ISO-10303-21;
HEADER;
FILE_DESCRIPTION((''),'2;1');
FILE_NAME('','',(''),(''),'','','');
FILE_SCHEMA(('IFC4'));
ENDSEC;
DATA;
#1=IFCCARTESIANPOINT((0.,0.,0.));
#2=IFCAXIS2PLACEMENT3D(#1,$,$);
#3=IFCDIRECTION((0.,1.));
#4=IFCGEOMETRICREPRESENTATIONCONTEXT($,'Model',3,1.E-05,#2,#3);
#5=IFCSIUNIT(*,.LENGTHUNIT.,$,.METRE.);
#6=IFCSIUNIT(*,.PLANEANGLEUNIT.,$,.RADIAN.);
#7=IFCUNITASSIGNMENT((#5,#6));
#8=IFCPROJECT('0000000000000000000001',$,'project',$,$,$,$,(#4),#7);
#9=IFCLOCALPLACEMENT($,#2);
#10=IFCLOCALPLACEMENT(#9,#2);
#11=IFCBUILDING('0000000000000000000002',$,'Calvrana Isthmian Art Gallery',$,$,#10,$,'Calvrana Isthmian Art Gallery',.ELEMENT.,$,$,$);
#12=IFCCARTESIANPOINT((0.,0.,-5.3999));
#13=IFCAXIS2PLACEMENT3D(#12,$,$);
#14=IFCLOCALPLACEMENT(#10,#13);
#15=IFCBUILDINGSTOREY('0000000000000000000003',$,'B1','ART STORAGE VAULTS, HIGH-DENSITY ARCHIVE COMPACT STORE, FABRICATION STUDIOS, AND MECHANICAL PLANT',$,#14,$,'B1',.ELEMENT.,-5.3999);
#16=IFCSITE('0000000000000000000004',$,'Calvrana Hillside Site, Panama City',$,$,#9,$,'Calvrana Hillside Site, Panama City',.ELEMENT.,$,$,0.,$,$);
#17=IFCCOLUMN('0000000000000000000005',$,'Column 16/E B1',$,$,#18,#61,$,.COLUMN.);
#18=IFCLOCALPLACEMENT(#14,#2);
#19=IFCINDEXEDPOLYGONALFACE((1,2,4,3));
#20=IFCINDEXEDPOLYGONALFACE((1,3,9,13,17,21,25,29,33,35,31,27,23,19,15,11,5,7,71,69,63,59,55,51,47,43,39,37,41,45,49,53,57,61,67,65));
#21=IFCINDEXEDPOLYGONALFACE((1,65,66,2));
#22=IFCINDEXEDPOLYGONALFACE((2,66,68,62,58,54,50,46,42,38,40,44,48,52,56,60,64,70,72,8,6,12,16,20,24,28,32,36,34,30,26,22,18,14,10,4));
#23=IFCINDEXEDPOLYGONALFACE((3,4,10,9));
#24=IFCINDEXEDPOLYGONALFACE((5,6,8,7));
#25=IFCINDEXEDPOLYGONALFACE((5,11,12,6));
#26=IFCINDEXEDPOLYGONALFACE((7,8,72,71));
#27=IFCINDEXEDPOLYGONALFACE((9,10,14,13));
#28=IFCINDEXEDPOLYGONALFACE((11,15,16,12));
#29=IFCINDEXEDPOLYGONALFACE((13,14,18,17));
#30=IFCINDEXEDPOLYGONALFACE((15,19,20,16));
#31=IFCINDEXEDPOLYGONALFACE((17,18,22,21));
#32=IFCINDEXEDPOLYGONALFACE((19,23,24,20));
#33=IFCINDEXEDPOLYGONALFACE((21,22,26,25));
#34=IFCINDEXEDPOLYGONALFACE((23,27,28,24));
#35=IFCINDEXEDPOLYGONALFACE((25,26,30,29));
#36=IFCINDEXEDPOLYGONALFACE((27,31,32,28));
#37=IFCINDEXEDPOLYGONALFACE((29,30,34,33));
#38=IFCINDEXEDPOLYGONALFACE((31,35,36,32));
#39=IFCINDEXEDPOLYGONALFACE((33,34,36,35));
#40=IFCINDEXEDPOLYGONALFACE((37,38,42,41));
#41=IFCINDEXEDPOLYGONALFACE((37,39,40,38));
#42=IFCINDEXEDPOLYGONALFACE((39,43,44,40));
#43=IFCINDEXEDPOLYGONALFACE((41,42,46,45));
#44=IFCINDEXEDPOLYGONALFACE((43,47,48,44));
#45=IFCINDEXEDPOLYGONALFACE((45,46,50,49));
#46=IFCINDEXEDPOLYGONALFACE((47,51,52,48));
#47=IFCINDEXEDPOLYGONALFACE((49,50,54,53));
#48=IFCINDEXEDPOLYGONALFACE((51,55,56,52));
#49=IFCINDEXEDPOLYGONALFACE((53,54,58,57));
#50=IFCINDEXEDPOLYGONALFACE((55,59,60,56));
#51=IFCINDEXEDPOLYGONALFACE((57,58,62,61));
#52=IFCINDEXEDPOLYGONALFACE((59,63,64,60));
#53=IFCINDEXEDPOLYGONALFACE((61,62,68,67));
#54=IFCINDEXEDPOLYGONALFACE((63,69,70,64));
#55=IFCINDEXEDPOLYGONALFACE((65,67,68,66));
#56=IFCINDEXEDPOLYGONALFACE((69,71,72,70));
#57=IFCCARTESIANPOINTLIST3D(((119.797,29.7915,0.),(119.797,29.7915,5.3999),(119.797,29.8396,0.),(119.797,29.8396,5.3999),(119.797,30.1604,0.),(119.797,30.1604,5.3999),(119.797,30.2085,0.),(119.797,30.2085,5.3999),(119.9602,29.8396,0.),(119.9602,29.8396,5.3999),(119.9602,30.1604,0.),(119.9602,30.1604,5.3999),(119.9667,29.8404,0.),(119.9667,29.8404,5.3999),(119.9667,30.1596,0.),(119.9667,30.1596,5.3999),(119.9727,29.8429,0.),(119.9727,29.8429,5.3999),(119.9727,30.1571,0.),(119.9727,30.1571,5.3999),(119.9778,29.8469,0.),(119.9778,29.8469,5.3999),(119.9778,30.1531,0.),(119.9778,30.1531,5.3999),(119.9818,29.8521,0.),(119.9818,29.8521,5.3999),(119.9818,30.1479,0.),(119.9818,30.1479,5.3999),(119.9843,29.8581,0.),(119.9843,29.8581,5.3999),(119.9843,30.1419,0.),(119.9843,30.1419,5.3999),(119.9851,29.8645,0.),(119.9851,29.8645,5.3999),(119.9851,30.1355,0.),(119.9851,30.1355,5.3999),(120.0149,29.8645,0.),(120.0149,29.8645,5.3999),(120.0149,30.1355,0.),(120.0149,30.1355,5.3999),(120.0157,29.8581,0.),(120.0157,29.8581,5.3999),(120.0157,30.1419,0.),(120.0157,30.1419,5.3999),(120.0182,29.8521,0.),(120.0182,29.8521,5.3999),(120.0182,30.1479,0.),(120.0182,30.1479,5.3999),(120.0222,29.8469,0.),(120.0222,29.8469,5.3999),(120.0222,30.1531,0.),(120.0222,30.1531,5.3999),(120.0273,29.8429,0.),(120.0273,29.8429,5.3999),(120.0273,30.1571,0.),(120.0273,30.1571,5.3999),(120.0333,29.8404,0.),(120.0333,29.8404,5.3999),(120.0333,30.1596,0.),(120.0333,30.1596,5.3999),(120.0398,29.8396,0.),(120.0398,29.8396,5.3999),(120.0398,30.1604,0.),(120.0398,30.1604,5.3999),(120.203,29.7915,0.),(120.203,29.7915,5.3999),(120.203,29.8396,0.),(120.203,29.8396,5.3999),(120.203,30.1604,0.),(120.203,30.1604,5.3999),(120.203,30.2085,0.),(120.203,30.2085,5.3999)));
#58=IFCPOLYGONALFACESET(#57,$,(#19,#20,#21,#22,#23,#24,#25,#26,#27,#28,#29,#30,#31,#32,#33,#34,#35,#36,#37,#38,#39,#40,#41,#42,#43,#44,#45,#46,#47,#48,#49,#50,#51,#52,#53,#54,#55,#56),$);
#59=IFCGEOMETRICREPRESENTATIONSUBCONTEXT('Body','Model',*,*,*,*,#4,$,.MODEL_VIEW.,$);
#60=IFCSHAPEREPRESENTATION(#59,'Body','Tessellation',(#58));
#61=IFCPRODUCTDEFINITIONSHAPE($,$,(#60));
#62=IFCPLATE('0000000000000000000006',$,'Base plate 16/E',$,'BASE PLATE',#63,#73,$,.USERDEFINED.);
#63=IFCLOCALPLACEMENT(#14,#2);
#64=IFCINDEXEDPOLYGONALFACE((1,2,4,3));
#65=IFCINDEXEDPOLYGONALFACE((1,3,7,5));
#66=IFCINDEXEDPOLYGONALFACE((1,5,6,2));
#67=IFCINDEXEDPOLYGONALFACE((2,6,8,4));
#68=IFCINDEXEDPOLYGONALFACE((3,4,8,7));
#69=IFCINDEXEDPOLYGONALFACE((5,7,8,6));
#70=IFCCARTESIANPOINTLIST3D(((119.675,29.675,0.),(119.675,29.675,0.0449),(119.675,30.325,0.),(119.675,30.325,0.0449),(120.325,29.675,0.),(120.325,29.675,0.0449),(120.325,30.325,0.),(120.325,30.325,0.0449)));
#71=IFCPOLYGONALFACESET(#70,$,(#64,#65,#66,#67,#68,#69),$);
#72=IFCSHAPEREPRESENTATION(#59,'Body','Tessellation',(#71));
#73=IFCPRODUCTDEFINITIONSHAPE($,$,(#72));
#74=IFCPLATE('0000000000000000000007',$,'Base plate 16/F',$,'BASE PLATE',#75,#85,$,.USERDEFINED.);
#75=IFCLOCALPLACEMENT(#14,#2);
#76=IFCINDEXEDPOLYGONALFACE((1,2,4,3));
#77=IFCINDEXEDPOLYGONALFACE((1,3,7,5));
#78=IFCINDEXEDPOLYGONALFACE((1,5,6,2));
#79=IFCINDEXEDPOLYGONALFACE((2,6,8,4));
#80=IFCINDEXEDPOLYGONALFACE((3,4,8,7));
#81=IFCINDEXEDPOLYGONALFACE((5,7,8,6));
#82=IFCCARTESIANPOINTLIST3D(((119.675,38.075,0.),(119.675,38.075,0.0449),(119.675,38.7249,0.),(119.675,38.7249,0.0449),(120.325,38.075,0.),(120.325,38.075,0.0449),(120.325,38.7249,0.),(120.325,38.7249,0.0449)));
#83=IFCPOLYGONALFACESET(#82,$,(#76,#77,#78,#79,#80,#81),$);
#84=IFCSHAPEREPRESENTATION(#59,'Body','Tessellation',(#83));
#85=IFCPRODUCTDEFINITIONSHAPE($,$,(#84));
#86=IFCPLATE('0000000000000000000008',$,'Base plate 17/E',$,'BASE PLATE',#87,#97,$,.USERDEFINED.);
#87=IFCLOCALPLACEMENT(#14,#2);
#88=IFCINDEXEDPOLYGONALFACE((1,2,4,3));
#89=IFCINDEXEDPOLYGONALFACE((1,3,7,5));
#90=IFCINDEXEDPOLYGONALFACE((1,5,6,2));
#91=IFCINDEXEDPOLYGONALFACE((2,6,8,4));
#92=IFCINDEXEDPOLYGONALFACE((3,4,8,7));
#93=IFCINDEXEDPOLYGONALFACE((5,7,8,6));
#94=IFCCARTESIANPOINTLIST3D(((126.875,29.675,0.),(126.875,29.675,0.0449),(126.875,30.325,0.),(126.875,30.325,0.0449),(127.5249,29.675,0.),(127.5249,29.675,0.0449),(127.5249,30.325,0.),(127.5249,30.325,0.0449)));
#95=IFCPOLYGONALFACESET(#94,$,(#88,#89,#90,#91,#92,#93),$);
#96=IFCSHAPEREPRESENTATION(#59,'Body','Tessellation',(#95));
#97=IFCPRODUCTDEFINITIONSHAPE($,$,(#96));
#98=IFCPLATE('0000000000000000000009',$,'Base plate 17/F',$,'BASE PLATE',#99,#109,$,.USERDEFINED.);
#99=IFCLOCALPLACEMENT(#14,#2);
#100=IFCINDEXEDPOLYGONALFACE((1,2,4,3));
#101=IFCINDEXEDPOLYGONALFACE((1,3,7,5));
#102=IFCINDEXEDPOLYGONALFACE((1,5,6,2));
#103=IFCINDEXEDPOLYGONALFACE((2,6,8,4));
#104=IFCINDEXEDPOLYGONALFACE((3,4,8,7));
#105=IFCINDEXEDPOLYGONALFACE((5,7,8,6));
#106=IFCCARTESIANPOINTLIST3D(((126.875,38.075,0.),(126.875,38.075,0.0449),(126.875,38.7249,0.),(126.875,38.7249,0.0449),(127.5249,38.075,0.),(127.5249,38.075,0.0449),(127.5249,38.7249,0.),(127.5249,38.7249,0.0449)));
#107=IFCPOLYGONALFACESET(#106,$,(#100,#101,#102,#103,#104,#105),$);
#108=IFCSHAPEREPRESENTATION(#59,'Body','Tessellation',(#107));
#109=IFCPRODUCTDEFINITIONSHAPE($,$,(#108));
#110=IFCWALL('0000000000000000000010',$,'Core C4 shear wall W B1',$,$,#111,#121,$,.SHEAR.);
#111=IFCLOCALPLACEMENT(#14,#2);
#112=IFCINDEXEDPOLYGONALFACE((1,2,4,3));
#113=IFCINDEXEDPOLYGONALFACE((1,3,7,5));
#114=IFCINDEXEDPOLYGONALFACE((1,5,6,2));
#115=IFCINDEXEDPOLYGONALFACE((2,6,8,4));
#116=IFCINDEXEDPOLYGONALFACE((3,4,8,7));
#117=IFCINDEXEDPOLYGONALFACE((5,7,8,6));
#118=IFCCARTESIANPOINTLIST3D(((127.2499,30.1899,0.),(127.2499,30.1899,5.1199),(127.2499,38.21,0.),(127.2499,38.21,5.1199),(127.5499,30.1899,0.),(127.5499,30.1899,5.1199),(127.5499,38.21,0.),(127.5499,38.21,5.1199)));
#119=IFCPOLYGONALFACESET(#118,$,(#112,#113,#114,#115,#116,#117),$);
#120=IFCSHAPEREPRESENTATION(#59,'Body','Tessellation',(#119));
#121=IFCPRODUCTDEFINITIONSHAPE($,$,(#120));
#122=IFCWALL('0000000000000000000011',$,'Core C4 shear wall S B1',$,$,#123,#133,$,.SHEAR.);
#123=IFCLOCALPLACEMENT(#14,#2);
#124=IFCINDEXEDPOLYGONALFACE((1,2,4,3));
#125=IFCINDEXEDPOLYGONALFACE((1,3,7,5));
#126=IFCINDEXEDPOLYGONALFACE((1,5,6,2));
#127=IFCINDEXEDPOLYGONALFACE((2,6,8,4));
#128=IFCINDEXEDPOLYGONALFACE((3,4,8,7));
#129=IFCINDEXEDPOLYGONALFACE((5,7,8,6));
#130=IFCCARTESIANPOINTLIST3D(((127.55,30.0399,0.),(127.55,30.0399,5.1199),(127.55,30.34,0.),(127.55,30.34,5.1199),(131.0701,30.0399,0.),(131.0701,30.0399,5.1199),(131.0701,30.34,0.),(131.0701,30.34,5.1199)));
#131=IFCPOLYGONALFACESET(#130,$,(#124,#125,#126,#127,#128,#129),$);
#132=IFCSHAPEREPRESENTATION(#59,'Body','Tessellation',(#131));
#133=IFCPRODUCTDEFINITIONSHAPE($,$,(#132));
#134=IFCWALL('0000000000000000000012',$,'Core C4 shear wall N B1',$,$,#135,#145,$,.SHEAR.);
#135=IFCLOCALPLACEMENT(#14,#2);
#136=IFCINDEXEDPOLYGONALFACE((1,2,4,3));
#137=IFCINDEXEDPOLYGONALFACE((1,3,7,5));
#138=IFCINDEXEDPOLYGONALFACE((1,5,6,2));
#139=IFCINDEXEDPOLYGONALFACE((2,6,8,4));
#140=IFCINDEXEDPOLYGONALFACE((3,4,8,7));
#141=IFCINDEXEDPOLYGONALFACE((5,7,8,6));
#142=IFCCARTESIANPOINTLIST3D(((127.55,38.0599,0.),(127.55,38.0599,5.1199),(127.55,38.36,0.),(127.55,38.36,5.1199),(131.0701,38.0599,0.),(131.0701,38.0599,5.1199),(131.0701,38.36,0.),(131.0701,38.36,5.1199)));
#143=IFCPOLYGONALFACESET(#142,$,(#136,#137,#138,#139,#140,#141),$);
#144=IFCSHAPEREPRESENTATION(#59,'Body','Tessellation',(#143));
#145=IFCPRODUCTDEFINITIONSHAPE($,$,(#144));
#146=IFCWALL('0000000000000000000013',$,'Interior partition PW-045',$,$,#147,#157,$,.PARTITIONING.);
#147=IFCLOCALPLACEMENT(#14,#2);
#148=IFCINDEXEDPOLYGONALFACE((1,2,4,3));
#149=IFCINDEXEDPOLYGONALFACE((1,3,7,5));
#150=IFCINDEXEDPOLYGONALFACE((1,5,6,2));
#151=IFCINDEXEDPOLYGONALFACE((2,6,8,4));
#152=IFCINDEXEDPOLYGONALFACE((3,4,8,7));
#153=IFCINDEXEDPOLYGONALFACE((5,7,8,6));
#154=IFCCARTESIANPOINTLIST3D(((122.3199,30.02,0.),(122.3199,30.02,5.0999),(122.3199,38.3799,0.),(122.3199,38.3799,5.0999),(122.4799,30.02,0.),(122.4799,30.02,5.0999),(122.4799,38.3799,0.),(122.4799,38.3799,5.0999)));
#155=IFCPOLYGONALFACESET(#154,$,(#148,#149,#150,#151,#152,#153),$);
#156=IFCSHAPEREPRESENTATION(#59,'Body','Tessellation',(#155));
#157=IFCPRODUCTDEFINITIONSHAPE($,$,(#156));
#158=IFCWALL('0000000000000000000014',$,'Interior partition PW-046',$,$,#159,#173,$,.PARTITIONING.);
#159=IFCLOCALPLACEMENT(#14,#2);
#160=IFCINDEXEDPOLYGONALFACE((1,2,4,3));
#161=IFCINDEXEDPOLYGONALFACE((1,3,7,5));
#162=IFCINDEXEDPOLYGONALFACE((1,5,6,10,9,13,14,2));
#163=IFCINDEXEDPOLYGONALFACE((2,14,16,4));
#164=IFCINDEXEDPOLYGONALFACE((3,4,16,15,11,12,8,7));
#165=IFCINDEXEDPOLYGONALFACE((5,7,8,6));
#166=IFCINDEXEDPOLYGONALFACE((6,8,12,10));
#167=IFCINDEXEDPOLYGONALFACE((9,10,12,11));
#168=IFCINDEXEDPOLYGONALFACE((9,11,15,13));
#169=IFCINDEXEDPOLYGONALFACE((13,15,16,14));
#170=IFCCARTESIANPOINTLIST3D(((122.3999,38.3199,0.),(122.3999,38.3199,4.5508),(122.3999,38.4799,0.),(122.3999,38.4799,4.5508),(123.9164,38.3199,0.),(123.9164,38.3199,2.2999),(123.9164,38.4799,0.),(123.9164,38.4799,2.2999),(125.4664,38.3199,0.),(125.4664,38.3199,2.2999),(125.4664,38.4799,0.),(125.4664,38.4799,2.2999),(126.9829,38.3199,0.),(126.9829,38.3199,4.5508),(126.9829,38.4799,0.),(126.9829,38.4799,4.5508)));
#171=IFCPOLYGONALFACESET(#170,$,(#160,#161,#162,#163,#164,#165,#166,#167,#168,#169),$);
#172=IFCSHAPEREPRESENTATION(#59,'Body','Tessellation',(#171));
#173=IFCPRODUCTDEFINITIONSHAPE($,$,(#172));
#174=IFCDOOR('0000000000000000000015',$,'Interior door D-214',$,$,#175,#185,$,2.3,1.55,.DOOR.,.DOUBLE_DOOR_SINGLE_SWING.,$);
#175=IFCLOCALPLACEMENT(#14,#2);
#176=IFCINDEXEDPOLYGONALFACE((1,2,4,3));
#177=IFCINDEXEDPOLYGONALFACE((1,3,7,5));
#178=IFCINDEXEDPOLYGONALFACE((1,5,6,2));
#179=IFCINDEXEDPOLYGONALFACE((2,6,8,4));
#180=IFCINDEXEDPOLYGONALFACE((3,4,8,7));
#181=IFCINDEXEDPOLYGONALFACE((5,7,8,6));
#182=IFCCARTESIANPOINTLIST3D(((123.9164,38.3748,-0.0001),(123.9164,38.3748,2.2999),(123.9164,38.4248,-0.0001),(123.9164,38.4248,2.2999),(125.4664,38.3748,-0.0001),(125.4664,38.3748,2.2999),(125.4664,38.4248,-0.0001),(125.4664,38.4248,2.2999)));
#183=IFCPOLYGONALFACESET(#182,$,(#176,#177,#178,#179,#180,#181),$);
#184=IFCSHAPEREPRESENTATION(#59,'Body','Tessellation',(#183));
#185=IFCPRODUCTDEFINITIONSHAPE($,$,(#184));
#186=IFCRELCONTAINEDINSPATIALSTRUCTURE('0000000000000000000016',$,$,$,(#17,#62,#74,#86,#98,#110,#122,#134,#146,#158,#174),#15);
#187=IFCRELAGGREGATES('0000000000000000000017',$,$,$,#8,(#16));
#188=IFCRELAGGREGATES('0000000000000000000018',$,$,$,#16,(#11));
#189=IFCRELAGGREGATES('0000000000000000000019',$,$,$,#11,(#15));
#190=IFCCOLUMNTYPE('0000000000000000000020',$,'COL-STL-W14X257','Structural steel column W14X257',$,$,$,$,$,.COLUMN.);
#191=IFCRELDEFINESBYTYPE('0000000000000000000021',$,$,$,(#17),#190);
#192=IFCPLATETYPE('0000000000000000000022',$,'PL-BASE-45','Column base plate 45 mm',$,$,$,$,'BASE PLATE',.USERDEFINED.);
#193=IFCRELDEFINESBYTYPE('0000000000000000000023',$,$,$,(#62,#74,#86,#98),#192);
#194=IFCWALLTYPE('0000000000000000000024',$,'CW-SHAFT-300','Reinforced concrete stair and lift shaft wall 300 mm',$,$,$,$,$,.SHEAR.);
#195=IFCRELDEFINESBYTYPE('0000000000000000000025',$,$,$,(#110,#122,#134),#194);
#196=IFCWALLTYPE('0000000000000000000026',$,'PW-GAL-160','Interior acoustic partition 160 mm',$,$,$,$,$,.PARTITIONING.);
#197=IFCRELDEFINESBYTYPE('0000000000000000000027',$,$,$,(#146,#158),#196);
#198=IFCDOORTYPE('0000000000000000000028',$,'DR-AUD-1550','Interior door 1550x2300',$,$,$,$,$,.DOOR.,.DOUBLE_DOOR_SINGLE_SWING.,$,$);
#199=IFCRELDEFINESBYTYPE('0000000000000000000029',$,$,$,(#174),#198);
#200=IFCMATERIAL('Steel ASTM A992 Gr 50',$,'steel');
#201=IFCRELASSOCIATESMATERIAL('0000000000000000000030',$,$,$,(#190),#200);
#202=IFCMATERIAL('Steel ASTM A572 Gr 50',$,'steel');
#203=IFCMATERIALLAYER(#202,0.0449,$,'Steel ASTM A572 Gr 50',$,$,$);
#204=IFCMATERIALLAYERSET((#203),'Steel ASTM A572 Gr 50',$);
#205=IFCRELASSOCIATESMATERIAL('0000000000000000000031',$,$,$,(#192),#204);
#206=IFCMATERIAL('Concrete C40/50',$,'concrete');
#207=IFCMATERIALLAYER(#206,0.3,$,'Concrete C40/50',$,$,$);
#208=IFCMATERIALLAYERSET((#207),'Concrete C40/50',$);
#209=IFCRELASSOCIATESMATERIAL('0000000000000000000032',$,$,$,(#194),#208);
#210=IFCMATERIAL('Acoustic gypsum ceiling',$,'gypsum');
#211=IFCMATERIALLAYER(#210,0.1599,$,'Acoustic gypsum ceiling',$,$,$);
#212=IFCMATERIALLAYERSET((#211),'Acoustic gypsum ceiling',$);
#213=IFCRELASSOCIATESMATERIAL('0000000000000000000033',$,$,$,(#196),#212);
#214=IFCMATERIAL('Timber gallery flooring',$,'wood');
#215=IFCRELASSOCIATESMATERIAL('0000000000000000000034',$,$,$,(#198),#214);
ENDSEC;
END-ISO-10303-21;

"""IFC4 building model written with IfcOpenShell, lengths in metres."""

from ifc_helpers import new_model, si_unit, direction, frame, frame_2d, origin, origin_2d, place, context, subcontext, project, spatial, rectangle, i_section, extrude, material, layer, layer_set, material_profile, profile_set, type_object, element, fill, save


model = new_model("IFC4")

# Units and contexts
model_context = context("Model", 3, precision=1e-05, world=origin(), true_north=direction((0.0, 1.0)))
body_context = subcontext(model_context, "Body", "Model", "MODEL_VIEW")
ifc_project = project(units=[si_unit("LENGTHUNIT", "METRE"), si_unit("PLANEANGLEUNIT", "RADIAN")], contexts=[model_context])

# Site, building, storey
site_placement = place(None, origin())
site = spatial("IfcSite", under=ifc_project, at=site_placement, Name="Calvrana Hillside Site, Panama City", LongName="Calvrana Hillside Site, Panama City", CompositionType="ELEMENT", RefElevation=0.0)
building_placement = place(site_placement, origin())
building = spatial("IfcBuilding", under=site, at=building_placement, Name="Calvrana Isthmian Art Gallery", LongName="Calvrana Isthmian Art Gallery", CompositionType="ELEMENT")
storey_placement = place(building_placement, frame((0.0, 0.0, -5.3999)))
storey = spatial("IfcBuildingStorey", under=building, at=storey_placement, Name="B1", Description="ART STORAGE VAULTS, HIGH-DENSITY ARCHIVE COMPACT STORE, FABRICATION STUDIOS, AND MECHANICAL PLANT", LongName="B1", CompositionType="ELEMENT", Elevation=-5.3999)

# Column
ifc_material_1 = material(Name="Steel ASTM A992 Gr 50", Category="steel")
ifc_material_profile_1 = material_profile(ifc_material_1, i_section(OverallWidth=0.406, OverallDepth=0.417, WebThickness=0.0298, FlangeThickness=0.0481, FilletRadius=0.0249, at=origin_2d()), Name="W14X257")
ifc_profile_set_1 = profile_set([ifc_material_profile_1], Name="Steel ASTM A992 Gr 50")
column_type_1 = type_object("IfcColumnType", Name="COL-STL-W14X257", Description="Structural steel column W14X257", PredefinedType="COLUMN", material=ifc_profile_set_1)
column_1_placement = place(storey_placement, frame((120.0, 30.0, 0.0), z_axis=(0.0, 0.0, 1.0), x_axis=(1.0, 0.0, 0.0)))
element("IfcColumn", 1, at=column_1_placement, inside=storey, type_object=column_type_1, Name="Column 16/E B1", PredefinedType="COLUMN", context=body_context, shape_type="SweptSolid", body=[
    extrude(i_section(OverallWidth=0.406, OverallDepth=0.417, WebThickness=0.0298, FlangeThickness=0.0481, FilletRadius=0.0249, at=origin_2d()), origin(), (0.0, 0.0, 1.0), 5.3999),
])

# Plates
ifc_material_2 = material(Name="Steel ASTM A572 Gr 50", Category="steel")
ifc_layer_1 = layer(ifc_material_2, 0.0449, Name="Steel ASTM A572 Gr 50")
ifc_layer_set_1 = layer_set([ifc_layer_1], Name="Steel ASTM A572 Gr 50")
plate_type = type_object("IfcPlateType", Name="PL-BASE-45", Description="Column base plate 45 mm", ElementType="BASE PLATE", PredefinedType="USERDEFINED", material=ifc_layer_set_1)
for number, where, z_axis, x_axis, name in (
    (2, (120.0, 30.0, 0.0), (0.0, 0.0, 1.0), (1.0, 0.0, 0.0), "Base plate 16/E"),
    (3, (120.0, 38.3999, 0.0), (0.0, 0.0, 1.0), (1.0, 0.0, 0.0), "Base plate 16/F"),
    (4, (127.2, 30.0, 0.0), (0.0, 0.0, 1.0), (1.0, 0.0, 0.0), "Base plate 17/E"),
    (5, (127.2, 38.3999, 0.0), (0.0, 0.0, 1.0), (1.0, 0.0, 0.0), "Base plate 17/F"),
):
    element("IfcPlate", number, at=place(storey_placement, frame(where, z_axis=z_axis, x_axis=x_axis)), inside=storey, type_object=plate_type, Name=name, ObjectType="BASE PLATE", PredefinedType="USERDEFINED", context=body_context, shape_type="SweptSolid", body=[
        extrude(rectangle(XDim=0.6499, YDim=0.6499, at=origin_2d()), origin(), (0.0, 0.0, 1.0), 0.0449),
    ])

# Walls
ifc_material_3 = material(Name="Concrete C40/50", Category="concrete")
ifc_layer_2 = layer(ifc_material_3, 0.3, Name="Concrete C40/50")
ifc_layer_set_2 = layer_set([ifc_layer_2], Name="Concrete C40/50")
wall_type_1 = type_object("IfcWallType", Name="CW-SHAFT-300", Description="Reinforced concrete stair and lift shaft wall 300 mm", PredefinedType="SHEAR", material=ifc_layer_set_2)
wall_1_placement = place(storey_placement, frame((127.3999, 30.1899, 0.0), z_axis=(0.0, 0.0, 1.0), x_axis=(0.0, 1.0, 0.0)))
element("IfcWall", 6, at=wall_1_placement, inside=storey, type_object=wall_type_1, Name="Core C4 shear wall W B1", PredefinedType="SHEAR", context=body_context, shape_type="SweptSolid", body=[
    extrude(rectangle(XDim=8.02, YDim=0.3, at=frame_2d((4.01, 0.0))), origin(), (0.0, 0.0, 1.0), 5.1199),
])
for number, where, z_axis, x_axis, name in (
    (7, (127.55, 30.1899, 0.0), (0.0, 0.0, 1.0), (1.0, 0.0, 0.0), "Core C4 shear wall S B1"),
    (8, (127.55, 38.21, 0.0), (0.0, 0.0, 1.0), (1.0, 0.0, 0.0), "Core C4 shear wall N B1"),
):
    element("IfcWall", number, at=place(storey_placement, frame(where, z_axis=z_axis, x_axis=x_axis)), inside=storey, type_object=wall_type_1, Name=name, PredefinedType="SHEAR", context=body_context, shape_type="SweptSolid", body=[
        extrude(rectangle(XDim=3.52, YDim=0.3, at=frame_2d((1.76, 0.0))), origin(), (0.0, 0.0, 1.0), 5.1199),
    ])
ifc_material_4 = material(Name="Acoustic gypsum ceiling", Category="gypsum")
ifc_layer_3 = layer(ifc_material_4, 0.1599, Name="Acoustic gypsum ceiling")
ifc_layer_set_3 = layer_set([ifc_layer_3], Name="Acoustic gypsum ceiling")
wall_type_2 = type_object("IfcWallType", Name="PW-GAL-160", Description="Interior acoustic partition 160 mm", PredefinedType="PARTITIONING", material=ifc_layer_set_3)
wall_2_placement = place(storey_placement, frame((122.3999, 30.02, 0.0), z_axis=(0.0, 0.0, 1.0), x_axis=(0.0, 1.0, 0.0)))
element("IfcWall", 9, at=wall_2_placement, inside=storey, type_object=wall_type_2, Name="Interior partition PW-045", PredefinedType="PARTITIONING", context=body_context, shape_type="SweptSolid", body=[
    extrude(rectangle(XDim=8.3599, YDim=0.1599, at=frame_2d((4.1799, 0.0))), origin(), (0.0, 0.0, 1.0), 5.0999),
])

# Wall, opening, door
wall_3_placement = place(storey_placement, frame((122.3999, 38.3999, 0.0), z_axis=(0.0, 0.0, 1.0), x_axis=(1.0, 0.0, 0.0)))
wall_3 = element("IfcWall", 10, at=wall_3_placement, inside=storey, type_object=wall_type_2, Name="Interior partition PW-046", PredefinedType="PARTITIONING", context=body_context, shape_type="SweptSolid", body=[
    extrude(rectangle(XDim=4.583, YDim=0.1599, at=frame_2d((2.2915, 0.0))), origin(), (0.0, 0.0, 1.0), 4.5508),
])
opening_placement = place(wall_3_placement, frame((1.5166, 0.0, 0.0)))
opening = element("IfcOpeningElement", 11, at=opening_placement, cuts=wall_3, PredefinedType="OPENING", context=body_context, shape_type="SweptSolid", body=[
    extrude(rectangle(XDim=1.55, YDim=2.3, at=frame_2d((0.7749, 1.1499))), frame((0.0, 0.0903, 0.0), z_axis=(0.0, -1.0, 0.0), x_axis=(1.0, 0.0, 0.0)), (0.0, 0.0, 1.0), 0.1804),
])
ifc_material_5 = material(Name="Timber gallery flooring", Category="wood")
door_type = type_object("IfcDoorType", Name="DR-AUD-1550", Description="Interior door 1550x2300", OperationType="DOUBLE_DOOR_SINGLE_SWING", PredefinedType="DOOR", material=ifc_material_5)
door_placement = place(opening_placement, origin())
door = element("IfcDoor", 12, at=door_placement, inside=storey, type_object=door_type, Name="Interior door D-214", OperationType="DOUBLE_DOOR_SINGLE_SWING", OverallHeight=2.3, OverallWidth=1.55, PredefinedType="DOOR", context=body_context, shape_type="SweptSolid", body=[
    extrude(rectangle(XDim=1.55, YDim=2.3, at=frame_2d((0.7749, 1.1499))), frame((0.0, 0.0249, 0.0), z_axis=(0.0, -1.0, 0.0), x_axis=(1.0, 0.0, 0.0)), (0.0, 0.0, 1.0), 0.05),
])
fill(opening, door)

save(model, "model.ifc")
